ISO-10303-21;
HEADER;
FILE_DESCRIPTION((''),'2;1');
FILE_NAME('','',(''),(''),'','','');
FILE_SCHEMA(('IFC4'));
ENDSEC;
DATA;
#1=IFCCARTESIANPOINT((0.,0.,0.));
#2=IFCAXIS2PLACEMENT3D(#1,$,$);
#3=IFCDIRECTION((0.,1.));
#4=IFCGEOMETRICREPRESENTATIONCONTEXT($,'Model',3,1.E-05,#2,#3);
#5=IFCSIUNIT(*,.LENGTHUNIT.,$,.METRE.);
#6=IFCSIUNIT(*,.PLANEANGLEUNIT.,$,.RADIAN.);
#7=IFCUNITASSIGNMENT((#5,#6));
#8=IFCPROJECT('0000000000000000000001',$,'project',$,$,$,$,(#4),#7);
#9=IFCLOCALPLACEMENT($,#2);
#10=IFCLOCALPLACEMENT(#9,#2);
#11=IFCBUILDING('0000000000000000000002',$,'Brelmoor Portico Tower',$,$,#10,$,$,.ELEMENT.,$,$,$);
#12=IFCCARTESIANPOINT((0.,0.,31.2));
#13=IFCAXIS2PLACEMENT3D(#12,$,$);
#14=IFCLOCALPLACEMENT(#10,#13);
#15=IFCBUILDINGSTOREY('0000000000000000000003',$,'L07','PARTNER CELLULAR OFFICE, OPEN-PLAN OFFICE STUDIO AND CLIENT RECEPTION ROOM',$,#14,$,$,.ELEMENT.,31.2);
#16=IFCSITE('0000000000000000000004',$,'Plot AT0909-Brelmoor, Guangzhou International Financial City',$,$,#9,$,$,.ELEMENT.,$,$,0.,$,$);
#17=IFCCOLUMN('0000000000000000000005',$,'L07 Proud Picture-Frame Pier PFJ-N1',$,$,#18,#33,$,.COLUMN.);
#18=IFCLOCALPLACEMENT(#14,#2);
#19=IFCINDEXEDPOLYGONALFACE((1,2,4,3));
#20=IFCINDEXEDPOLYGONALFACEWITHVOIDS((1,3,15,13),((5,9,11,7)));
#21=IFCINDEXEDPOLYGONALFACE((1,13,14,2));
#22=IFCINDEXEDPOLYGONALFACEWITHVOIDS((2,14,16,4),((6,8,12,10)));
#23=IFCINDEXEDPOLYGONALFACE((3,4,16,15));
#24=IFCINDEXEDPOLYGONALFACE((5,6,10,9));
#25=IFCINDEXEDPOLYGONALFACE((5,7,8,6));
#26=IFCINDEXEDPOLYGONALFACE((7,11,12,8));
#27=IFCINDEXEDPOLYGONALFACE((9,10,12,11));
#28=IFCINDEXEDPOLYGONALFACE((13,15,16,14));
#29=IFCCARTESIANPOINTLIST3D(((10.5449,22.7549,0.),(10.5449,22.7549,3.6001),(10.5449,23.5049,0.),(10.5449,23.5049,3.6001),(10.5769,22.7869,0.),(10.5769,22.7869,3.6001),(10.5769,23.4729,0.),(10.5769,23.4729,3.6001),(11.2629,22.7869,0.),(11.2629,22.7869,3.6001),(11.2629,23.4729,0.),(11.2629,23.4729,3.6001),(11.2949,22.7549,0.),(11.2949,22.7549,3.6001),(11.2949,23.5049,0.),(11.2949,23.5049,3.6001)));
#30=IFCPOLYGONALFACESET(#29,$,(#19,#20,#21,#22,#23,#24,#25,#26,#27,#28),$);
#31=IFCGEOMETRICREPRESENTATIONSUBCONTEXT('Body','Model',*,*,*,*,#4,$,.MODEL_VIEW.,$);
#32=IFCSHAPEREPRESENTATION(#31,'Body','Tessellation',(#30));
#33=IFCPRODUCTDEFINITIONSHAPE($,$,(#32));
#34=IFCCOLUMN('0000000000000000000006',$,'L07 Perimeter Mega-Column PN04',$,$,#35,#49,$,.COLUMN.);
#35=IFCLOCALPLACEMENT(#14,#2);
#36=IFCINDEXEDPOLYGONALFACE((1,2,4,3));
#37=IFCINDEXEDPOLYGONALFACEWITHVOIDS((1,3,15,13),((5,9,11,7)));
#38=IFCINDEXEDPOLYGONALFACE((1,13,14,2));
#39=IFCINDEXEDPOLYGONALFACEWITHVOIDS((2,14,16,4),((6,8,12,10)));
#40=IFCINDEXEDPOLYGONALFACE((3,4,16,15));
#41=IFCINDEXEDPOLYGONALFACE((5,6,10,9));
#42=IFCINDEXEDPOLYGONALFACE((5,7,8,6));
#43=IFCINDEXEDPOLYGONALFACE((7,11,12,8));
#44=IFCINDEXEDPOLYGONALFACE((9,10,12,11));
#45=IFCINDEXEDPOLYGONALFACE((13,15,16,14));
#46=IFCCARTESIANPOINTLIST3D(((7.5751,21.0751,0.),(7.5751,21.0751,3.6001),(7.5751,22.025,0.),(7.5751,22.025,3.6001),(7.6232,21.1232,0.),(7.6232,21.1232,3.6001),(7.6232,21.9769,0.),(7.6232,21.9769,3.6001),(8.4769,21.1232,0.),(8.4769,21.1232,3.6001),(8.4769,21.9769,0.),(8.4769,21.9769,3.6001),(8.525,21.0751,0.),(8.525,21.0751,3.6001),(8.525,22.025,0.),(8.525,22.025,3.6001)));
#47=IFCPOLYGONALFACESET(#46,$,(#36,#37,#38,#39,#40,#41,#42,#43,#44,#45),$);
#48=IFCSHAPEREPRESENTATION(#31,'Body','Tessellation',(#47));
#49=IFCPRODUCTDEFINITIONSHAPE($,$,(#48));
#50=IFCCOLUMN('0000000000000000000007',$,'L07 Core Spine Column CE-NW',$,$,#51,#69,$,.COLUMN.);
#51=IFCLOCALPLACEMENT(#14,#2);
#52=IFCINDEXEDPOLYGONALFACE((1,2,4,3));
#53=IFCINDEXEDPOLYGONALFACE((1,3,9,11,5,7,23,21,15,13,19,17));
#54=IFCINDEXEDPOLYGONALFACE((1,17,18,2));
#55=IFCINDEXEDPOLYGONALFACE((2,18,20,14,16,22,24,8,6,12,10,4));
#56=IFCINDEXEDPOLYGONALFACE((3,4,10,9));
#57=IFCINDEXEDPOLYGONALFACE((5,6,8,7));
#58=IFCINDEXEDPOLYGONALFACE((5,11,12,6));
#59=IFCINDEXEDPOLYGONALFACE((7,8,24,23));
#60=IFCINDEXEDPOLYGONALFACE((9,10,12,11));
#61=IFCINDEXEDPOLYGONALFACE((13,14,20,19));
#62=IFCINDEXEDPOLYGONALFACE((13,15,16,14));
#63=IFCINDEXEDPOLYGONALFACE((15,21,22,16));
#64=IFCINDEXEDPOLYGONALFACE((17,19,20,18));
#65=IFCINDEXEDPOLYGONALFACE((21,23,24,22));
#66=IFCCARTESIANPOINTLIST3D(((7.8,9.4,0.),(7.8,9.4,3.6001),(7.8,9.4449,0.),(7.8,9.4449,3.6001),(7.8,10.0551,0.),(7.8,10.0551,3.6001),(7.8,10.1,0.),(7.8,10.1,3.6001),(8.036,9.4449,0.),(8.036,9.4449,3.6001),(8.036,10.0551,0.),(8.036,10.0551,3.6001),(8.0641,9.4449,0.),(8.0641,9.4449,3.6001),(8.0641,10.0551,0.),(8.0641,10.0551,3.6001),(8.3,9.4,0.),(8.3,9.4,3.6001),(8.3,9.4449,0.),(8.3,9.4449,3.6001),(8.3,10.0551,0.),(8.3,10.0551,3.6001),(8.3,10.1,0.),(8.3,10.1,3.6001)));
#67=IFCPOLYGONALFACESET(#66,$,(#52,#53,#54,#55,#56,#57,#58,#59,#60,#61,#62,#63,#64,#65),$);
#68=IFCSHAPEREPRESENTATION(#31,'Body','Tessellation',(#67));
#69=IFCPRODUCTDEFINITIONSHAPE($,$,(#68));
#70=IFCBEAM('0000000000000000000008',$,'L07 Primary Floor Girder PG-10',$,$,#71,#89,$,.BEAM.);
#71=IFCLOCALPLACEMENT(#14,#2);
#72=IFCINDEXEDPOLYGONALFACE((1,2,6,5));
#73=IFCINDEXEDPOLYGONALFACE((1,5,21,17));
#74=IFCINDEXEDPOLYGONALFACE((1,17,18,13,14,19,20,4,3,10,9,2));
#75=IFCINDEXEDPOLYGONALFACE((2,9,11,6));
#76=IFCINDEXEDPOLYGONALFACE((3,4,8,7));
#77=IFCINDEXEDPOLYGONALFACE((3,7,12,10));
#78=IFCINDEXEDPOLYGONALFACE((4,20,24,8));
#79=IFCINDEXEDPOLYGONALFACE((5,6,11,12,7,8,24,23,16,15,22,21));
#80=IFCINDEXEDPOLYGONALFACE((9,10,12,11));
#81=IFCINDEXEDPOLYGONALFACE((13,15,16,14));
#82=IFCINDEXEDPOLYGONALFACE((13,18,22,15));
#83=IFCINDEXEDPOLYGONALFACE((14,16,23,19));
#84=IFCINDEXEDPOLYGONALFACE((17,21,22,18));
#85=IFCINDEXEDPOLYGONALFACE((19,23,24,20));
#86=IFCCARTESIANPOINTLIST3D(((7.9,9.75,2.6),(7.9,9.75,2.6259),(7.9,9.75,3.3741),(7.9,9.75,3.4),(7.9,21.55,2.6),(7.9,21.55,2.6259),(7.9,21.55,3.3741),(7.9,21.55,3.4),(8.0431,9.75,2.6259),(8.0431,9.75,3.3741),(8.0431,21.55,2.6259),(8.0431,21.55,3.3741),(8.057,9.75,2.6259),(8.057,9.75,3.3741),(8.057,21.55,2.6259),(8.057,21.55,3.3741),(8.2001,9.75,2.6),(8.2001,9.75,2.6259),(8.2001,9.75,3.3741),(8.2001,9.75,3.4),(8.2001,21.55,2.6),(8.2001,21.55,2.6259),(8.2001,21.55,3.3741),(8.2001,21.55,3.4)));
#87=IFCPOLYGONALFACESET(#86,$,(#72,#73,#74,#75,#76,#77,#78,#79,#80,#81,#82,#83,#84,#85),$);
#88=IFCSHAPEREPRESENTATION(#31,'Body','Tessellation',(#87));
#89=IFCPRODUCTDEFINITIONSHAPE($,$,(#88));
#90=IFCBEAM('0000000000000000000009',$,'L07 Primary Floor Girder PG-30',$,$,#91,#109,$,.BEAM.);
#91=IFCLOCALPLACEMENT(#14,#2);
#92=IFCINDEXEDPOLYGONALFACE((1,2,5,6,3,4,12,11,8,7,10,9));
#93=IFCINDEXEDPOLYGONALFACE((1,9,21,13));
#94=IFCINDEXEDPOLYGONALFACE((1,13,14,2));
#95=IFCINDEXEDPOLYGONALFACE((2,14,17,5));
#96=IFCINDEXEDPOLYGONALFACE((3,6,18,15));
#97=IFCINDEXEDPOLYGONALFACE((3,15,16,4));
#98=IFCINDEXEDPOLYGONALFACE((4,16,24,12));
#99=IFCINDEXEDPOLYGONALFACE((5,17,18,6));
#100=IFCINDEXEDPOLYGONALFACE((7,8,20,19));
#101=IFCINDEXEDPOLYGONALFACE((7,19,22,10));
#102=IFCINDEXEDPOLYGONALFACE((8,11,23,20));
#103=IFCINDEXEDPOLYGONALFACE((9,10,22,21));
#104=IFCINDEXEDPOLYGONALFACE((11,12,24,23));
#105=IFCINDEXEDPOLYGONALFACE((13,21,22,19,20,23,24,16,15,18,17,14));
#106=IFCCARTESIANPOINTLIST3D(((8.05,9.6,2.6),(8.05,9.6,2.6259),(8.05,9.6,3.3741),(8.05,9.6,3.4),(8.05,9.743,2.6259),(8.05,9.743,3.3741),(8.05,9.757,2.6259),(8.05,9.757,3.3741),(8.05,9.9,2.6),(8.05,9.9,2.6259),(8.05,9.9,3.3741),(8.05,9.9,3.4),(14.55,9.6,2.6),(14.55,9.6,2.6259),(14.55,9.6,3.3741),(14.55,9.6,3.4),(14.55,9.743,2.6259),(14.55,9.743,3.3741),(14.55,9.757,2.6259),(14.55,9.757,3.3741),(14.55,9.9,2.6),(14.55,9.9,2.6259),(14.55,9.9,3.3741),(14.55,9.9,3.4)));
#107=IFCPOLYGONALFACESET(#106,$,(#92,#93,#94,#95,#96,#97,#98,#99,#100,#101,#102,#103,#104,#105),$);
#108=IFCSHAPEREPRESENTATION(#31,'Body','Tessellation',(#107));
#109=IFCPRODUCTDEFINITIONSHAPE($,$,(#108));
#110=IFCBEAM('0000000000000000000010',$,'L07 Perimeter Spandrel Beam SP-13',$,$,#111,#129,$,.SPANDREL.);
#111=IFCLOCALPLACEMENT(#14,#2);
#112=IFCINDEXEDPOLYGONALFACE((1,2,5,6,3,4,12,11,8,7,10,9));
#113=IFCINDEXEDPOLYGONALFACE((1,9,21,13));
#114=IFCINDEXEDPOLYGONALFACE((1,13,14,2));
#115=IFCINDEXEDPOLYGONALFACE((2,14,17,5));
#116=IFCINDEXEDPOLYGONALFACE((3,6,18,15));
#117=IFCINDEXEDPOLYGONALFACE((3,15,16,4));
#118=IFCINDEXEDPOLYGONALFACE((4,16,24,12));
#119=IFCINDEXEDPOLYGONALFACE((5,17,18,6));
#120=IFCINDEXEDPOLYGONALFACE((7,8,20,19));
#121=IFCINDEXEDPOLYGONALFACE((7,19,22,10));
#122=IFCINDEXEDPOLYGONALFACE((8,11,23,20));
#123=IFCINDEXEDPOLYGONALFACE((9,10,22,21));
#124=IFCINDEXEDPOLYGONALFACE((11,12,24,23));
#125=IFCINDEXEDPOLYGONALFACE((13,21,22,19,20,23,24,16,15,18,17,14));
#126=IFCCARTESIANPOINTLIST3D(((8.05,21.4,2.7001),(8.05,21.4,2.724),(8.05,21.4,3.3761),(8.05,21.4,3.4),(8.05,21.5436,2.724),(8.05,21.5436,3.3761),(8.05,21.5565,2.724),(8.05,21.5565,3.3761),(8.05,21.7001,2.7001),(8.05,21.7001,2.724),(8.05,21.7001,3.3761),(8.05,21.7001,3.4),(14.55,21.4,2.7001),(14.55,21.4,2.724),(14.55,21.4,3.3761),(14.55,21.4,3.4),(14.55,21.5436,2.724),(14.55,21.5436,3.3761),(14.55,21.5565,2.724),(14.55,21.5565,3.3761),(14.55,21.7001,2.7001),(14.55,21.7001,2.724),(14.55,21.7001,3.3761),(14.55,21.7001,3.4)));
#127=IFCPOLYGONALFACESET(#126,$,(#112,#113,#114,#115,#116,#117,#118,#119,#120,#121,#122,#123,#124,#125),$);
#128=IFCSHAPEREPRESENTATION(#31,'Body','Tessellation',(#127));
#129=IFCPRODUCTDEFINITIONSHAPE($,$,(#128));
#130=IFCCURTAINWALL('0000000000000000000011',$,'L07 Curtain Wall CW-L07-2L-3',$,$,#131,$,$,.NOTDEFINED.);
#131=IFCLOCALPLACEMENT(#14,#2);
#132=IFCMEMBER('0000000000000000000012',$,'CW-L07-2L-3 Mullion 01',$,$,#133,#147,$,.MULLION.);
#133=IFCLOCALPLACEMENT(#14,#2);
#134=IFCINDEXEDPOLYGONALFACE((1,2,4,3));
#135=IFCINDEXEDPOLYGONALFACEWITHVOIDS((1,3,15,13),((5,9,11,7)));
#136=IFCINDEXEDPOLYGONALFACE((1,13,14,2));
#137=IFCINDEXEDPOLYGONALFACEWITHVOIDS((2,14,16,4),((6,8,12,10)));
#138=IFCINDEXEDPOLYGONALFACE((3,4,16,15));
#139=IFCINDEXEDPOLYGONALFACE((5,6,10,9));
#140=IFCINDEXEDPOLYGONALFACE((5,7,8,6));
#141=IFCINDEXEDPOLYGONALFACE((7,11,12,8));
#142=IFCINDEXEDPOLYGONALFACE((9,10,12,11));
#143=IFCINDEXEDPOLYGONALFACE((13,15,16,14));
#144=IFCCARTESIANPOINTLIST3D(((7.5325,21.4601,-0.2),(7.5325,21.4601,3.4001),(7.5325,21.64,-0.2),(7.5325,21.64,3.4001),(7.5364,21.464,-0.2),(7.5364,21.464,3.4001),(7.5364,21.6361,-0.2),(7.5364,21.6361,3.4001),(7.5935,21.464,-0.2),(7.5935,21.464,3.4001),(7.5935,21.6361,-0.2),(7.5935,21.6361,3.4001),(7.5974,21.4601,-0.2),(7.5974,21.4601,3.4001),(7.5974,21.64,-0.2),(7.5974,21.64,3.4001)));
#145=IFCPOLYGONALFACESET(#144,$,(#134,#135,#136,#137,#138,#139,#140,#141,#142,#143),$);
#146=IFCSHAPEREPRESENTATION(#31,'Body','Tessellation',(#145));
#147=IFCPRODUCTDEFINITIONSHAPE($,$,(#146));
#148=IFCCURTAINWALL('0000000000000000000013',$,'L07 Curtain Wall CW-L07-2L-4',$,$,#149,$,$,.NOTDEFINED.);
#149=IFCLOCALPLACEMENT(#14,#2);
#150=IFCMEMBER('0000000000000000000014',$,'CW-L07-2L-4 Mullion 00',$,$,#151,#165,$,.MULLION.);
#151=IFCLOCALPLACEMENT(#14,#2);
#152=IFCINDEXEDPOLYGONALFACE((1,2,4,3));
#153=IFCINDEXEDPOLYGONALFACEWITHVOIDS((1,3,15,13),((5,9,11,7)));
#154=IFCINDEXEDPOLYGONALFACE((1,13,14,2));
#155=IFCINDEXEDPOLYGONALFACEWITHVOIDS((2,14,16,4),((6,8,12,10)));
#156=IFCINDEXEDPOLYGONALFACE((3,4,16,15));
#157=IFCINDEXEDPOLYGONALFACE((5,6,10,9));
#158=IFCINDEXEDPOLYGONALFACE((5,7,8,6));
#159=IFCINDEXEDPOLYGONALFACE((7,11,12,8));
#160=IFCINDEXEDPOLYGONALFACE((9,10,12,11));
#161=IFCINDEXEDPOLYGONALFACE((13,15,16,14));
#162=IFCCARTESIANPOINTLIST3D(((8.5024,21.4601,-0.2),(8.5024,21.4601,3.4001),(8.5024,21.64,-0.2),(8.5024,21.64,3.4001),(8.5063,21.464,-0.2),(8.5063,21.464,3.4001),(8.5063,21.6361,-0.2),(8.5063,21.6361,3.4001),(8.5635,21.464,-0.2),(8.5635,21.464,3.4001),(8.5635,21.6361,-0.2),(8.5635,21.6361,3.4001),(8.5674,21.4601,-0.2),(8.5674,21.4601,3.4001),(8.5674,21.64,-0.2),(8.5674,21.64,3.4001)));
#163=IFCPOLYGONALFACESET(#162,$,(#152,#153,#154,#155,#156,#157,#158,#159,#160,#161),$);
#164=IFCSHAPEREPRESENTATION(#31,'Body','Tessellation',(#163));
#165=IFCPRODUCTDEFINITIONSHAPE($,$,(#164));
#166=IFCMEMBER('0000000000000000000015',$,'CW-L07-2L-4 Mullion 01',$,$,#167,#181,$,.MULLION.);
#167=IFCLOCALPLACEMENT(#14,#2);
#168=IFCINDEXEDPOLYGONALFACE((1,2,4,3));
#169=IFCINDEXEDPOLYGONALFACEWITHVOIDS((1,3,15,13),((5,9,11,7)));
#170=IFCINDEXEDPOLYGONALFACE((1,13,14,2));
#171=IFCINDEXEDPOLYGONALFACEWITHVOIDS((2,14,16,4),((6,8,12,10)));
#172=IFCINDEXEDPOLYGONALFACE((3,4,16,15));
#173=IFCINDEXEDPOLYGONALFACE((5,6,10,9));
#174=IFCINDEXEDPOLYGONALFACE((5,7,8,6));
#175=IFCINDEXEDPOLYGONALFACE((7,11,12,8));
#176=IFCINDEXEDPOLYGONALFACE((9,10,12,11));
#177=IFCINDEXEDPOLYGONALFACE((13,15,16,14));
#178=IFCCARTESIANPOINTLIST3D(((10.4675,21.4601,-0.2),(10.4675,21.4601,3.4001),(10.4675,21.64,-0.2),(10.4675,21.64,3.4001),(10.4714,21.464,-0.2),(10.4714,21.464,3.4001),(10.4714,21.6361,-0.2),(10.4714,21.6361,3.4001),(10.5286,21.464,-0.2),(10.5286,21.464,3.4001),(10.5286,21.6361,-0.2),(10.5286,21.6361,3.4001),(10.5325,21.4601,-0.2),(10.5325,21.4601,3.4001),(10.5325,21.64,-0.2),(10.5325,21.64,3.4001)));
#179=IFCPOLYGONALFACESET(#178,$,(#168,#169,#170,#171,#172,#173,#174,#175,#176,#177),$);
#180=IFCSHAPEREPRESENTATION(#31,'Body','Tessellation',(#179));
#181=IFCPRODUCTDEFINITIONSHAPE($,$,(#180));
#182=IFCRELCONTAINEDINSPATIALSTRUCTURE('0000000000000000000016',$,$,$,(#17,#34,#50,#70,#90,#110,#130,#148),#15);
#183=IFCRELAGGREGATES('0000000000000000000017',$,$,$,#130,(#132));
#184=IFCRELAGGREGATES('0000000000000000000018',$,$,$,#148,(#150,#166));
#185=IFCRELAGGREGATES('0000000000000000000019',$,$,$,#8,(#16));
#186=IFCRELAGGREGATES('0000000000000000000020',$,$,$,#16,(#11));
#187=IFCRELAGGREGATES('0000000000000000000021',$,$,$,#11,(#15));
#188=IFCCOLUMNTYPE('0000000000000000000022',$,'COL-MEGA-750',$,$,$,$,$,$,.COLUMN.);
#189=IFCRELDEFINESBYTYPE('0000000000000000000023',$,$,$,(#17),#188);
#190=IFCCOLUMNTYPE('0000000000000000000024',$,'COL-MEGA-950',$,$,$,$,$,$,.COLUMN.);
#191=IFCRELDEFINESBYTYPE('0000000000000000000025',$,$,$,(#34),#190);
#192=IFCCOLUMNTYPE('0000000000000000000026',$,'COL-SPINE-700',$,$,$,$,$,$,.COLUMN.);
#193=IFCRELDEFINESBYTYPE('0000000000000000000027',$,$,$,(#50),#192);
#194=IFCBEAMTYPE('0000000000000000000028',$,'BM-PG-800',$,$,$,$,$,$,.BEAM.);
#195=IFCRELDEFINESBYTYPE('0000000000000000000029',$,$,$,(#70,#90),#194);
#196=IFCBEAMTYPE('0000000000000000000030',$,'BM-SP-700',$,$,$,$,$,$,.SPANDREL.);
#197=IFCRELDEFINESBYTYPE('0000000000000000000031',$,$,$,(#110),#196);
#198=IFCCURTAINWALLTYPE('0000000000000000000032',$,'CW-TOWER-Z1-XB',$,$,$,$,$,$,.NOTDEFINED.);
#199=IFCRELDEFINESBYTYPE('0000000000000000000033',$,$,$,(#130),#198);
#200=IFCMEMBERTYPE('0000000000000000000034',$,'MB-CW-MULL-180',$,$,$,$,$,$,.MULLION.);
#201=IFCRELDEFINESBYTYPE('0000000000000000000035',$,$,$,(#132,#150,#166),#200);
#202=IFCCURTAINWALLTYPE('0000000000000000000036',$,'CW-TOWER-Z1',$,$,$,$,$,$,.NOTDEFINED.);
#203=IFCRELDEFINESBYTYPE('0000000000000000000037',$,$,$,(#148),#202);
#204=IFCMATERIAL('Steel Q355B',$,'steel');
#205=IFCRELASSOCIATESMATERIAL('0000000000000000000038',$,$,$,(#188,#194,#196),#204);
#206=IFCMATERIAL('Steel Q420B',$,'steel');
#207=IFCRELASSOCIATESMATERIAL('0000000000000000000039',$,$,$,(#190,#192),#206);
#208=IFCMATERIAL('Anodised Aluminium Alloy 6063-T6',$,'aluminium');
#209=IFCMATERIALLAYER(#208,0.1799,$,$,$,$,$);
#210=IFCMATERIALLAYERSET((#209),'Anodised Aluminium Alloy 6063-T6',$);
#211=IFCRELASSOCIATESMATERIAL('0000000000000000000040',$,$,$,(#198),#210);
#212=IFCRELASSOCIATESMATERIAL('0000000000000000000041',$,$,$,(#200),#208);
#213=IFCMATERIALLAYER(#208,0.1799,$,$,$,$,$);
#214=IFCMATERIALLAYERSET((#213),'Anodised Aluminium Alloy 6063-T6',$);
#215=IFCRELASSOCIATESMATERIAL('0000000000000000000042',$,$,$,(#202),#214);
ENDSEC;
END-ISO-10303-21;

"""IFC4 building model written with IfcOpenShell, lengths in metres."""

from ifc_helpers import new_model, si_unit, direction, frame, origin, origin_2d, place, context, subcontext, project, spatial, hollow_rectangle, i_section, extrude, material, layer, layer_set, material_profile, profile_set, type_object, element, aggregate, save


model = new_model("IFC4")

# Units and contexts
model_context = context("Model", 3, precision=1e-05, world=origin(), true_north=direction((0.0, 1.0)))
body_context = subcontext(model_context, "Body", "Model", "MODEL_VIEW")
ifc_project = project(units=[si_unit("LENGTHUNIT", "METRE"), si_unit("PLANEANGLEUNIT", "RADIAN")], contexts=[model_context])

# Site, building, storey
site_placement = place(None, origin())
site = spatial("IfcSite", under=ifc_project, at=site_placement, Name="Plot AT0909-Brelmoor, Guangzhou International Financial City", CompositionType="ELEMENT", RefElevation=0.0)
building_placement = place(site_placement, origin())
building = spatial("IfcBuilding", under=site, at=building_placement, Name="Brelmoor Portico Tower", CompositionType="ELEMENT")
storey_placement = place(building_placement, frame((0.0, 0.0, 31.2)))
storey = spatial("IfcBuildingStorey", under=building, at=storey_placement, Name="L07", Description="PARTNER CELLULAR OFFICE, OPEN-PLAN OFFICE STUDIO AND CLIENT RECEPTION ROOM", CompositionType="ELEMENT", Elevation=31.2)

# Columns
ifc_material_1 = material(Name="Steel Q355B", Category="steel")
ifc_material_profile_1 = material_profile(ifc_material_1, hollow_rectangle(XDim=0.75, YDim=0.75, WallThickness=0.032, at=origin_2d()), Name="BOX 750x750x32")
ifc_profile_set_1 = profile_set([ifc_material_profile_1], Name="Steel Q355B")
column_type_1 = type_object("IfcColumnType", Name="COL-MEGA-750", PredefinedType="COLUMN", material=ifc_profile_set_1)
column_1_placement = place(storey_placement, frame((10.9199, 23.1299, 0.0), z_axis=(0.0, 0.0, 1.0), x_axis=(1.0, 0.0, 0.0)))
element("IfcColumn", 1, at=column_1_placement, inside=storey, type_object=column_type_1, Name="L07 Proud Picture-Frame Pier PFJ-N1", PredefinedType="COLUMN", context=body_context, shape_type="SweptSolid", body=[
    extrude(hollow_rectangle(XDim=0.75, YDim=0.75, WallThickness=0.032, at=origin_2d()), origin(), (0.0, 0.0, 1.0), 3.6001),
])
ifc_material_2 = material(Name="Steel Q420B", Category="steel")
ifc_material_profile_2 = material_profile(ifc_material_2, hollow_rectangle(XDim=0.95, YDim=0.95, WallThickness=0.0481, at=origin_2d()), Name="BOX 950x950x48")
ifc_profile_set_2 = profile_set([ifc_material_profile_2], Name="Steel Q420B")
column_type_2 = type_object("IfcColumnType", Name="COL-MEGA-950", PredefinedType="COLUMN", material=ifc_profile_set_2)
column_2_placement = place(storey_placement, frame((8.05, 21.55, 0.0), z_axis=(0.0, 0.0, 1.0), x_axis=(1.0, 0.0, 0.0)))
element("IfcColumn", 2, at=column_2_placement, inside=storey, type_object=column_type_2, Name="L07 Perimeter Mega-Column PN04", PredefinedType="COLUMN", context=body_context, shape_type="SweptSolid", body=[
    extrude(hollow_rectangle(XDim=0.95, YDim=0.95, WallThickness=0.0481, at=origin_2d()), origin(), (0.0, 0.0, 1.0), 3.6001),
])
ifc_material_profile_3 = material_profile(ifc_material_2, i_section(OverallWidth=0.5, OverallDepth=0.7, WebThickness=0.0281, FlangeThickness=0.0449, at=origin_2d()), Name="HW 700x500x28x45")
ifc_profile_set_3 = profile_set([ifc_material_profile_3], Name="Steel Q420B")
column_type_3 = type_object("IfcColumnType", Name="COL-SPINE-700", PredefinedType="COLUMN", material=ifc_profile_set_3)
column_3_placement = place(storey_placement, frame((8.05, 9.75, 0.0), z_axis=(0.0, 0.0, 1.0), x_axis=(1.0, 0.0, 0.0)))
element("IfcColumn", 3, at=column_3_placement, inside=storey, type_object=column_type_3, Name="L07 Core Spine Column CE-NW", PredefinedType="COLUMN", context=body_context, shape_type="SweptSolid", body=[
    extrude(i_section(OverallWidth=0.5, OverallDepth=0.7, WebThickness=0.0281, FlangeThickness=0.0449, at=origin_2d()), origin(), (0.0, 0.0, 1.0), 3.6001),
])

# Beams
ifc_material_profile_4 = material_profile(ifc_material_1, i_section(OverallWidth=0.3, OverallDepth=0.8, WebThickness=0.0139, FlangeThickness=0.0259, at=origin_2d()), Name="HN 800x300x14x26")
ifc_profile_set_4 = profile_set([ifc_material_profile_4], Name="Steel Q355B")
beam_type_1 = type_object("IfcBeamType", Name="BM-PG-800", PredefinedType="BEAM", material=ifc_profile_set_4)
beam_1_placement = place(storey_placement, frame((8.05, 9.75, 3.0), z_axis=(0.0, 1.0, 0.0), x_axis=(-1.0, 0.0, 0.0)))
element("IfcBeam", 4, at=beam_1_placement, inside=storey, type_object=beam_type_1, Name="L07 Primary Floor Girder PG-10", PredefinedType="BEAM", context=body_context, shape_type="SweptSolid", body=[
    extrude(i_section(OverallWidth=0.3, OverallDepth=0.8, WebThickness=0.0139, FlangeThickness=0.0259, at=origin_2d()), origin(), (0.0, 0.0, 1.0), 11.8),
])
beam_2_placement = place(storey_placement, frame((8.05, 9.75, 3.0), z_axis=(1.0, 0.0, 0.0), x_axis=(0.0, 1.0, 0.0)))
element("IfcBeam", 5, at=beam_2_placement, inside=storey, type_object=beam_type_1, Name="L07 Primary Floor Girder PG-30", PredefinedType="BEAM", context=body_context, shape_type="SweptSolid", body=[
    extrude(i_section(OverallWidth=0.3, OverallDepth=0.8, WebThickness=0.0139, FlangeThickness=0.0259, at=origin_2d()), origin(), (0.0, 0.0, 1.0), 6.5),
])
ifc_material_profile_5 = material_profile(ifc_material_1, i_section(OverallWidth=0.3, OverallDepth=0.7, WebThickness=0.0129, FlangeThickness=0.0239, at=origin_2d()), Name="HN 700x300x13x24")
ifc_profile_set_5 = profile_set([ifc_material_profile_5], Name="Steel Q355B")
beam_type_2 = type_object("IfcBeamType", Name="BM-SP-700", PredefinedType="SPANDREL", material=ifc_profile_set_5)
beam_3_placement = place(storey_placement, frame((8.05, 21.55, 3.05), z_axis=(1.0, 0.0, 0.0), x_axis=(0.0, 1.0, 0.0)))
element("IfcBeam", 6, at=beam_3_placement, inside=storey, type_object=beam_type_2, Name="L07 Perimeter Spandrel Beam SP-13", PredefinedType="SPANDREL", context=body_context, shape_type="SweptSolid", body=[
    extrude(i_section(OverallWidth=0.3, OverallDepth=0.7, WebThickness=0.0129, FlangeThickness=0.0239, at=origin_2d()), origin(), (0.0, 0.0, 1.0), 6.5),
])

# Curtain wall, member
ifc_material_3 = material(Name="Anodised Aluminium Alloy 6063-T6", Category="aluminium")
ifc_layer_1 = layer(ifc_material_3, 0.1799)
ifc_layer_set_1 = layer_set([ifc_layer_1], Name="Anodised Aluminium Alloy 6063-T6")
curtain_wall_type_1 = type_object("IfcCurtainWallType", Name="CW-TOWER-Z1-XB", PredefinedType="NOTDEFINED", material=ifc_layer_set_1)
curtain_wall_1_placement = place(storey_placement, origin())
curtain_wall_1 = element("IfcCurtainWall", 7, at=curtain_wall_1_placement, inside=storey, type_object=curtain_wall_type_1, Name="L07 Curtain Wall CW-L07-2L-3", PredefinedType="NOTDEFINED")
ifc_material_profile_6 = material_profile(ifc_material_3, hollow_rectangle(XDim=0.0649, YDim=0.1799, WallThickness=0.0039, at=origin_2d()), Name="ALU MULLION 65x180")
ifc_profile_set_6 = profile_set([ifc_material_profile_6], Name="Anodised Aluminium Alloy 6063-T6")
member_type_1 = type_object("IfcMemberType", Name="MB-CW-MULL-180", PredefinedType="MULLION", material=ifc_profile_set_6)
member_1_placement = place(storey_placement, frame((7.5649, 21.55, -0.2), z_axis=(0.0, 0.0, 1.0), x_axis=(1.0, 0.0, 0.0)))
member_1 = element("IfcMember", 8, at=member_1_placement, type_object=member_type_1, Name="CW-L07-2L-3 Mullion 01", PredefinedType="MULLION", context=body_context, shape_type="SweptSolid", body=[
    extrude(hollow_rectangle(XDim=0.0649, YDim=0.1799, WallThickness=0.0039, at=origin_2d()), origin(), (0.0, 0.0, 1.0), 3.6001),
])

# Curtain wall, members
ifc_layer_2 = layer(ifc_material_3, 0.1799)
ifc_layer_set_2 = layer_set([ifc_layer_2], Name="Anodised Aluminium Alloy 6063-T6")
curtain_wall_type_2 = type_object("IfcCurtainWallType", Name="CW-TOWER-Z1", PredefinedType="NOTDEFINED", material=ifc_layer_set_2)
curtain_wall_2_placement = place(storey_placement, origin())
curtain_wall_2 = element("IfcCurtainWall", 9, at=curtain_wall_2_placement, inside=storey, type_object=curtain_wall_type_2, Name="L07 Curtain Wall CW-L07-2L-4", PredefinedType="NOTDEFINED")
member_2_placement = place(storey_placement, frame((8.5349, 21.55, -0.2), z_axis=(0.0, 0.0, 1.0), x_axis=(1.0, 0.0, 0.0)))
member_2 = element("IfcMember", 10, at=member_2_placement, type_object=member_type_1, Name="CW-L07-2L-4 Mullion 00", PredefinedType="MULLION", context=body_context, shape_type="SweptSolid", body=[
    extrude(hollow_rectangle(XDim=0.0649, YDim=0.1799, WallThickness=0.0039, at=origin_2d()), origin(), (0.0, 0.0, 1.0), 3.6001),
])
member_3_placement = place(storey_placement, frame((10.5, 21.55, -0.2), z_axis=(0.0, 0.0, 1.0), x_axis=(1.0, 0.0, 0.0)))
member_3 = element("IfcMember", 11, at=member_3_placement, type_object=member_type_1, Name="CW-L07-2L-4 Mullion 01", PredefinedType="MULLION", context=body_context, shape_type="SweptSolid", body=[
    extrude(hollow_rectangle(XDim=0.0649, YDim=0.1799, WallThickness=0.0039, at=origin_2d()), origin(), (0.0, 0.0, 1.0), 3.6001),
])

aggregate(curtain_wall_1, [member_1])
aggregate(curtain_wall_2, [member_2, member_3])

save(model, "model.ifc")
